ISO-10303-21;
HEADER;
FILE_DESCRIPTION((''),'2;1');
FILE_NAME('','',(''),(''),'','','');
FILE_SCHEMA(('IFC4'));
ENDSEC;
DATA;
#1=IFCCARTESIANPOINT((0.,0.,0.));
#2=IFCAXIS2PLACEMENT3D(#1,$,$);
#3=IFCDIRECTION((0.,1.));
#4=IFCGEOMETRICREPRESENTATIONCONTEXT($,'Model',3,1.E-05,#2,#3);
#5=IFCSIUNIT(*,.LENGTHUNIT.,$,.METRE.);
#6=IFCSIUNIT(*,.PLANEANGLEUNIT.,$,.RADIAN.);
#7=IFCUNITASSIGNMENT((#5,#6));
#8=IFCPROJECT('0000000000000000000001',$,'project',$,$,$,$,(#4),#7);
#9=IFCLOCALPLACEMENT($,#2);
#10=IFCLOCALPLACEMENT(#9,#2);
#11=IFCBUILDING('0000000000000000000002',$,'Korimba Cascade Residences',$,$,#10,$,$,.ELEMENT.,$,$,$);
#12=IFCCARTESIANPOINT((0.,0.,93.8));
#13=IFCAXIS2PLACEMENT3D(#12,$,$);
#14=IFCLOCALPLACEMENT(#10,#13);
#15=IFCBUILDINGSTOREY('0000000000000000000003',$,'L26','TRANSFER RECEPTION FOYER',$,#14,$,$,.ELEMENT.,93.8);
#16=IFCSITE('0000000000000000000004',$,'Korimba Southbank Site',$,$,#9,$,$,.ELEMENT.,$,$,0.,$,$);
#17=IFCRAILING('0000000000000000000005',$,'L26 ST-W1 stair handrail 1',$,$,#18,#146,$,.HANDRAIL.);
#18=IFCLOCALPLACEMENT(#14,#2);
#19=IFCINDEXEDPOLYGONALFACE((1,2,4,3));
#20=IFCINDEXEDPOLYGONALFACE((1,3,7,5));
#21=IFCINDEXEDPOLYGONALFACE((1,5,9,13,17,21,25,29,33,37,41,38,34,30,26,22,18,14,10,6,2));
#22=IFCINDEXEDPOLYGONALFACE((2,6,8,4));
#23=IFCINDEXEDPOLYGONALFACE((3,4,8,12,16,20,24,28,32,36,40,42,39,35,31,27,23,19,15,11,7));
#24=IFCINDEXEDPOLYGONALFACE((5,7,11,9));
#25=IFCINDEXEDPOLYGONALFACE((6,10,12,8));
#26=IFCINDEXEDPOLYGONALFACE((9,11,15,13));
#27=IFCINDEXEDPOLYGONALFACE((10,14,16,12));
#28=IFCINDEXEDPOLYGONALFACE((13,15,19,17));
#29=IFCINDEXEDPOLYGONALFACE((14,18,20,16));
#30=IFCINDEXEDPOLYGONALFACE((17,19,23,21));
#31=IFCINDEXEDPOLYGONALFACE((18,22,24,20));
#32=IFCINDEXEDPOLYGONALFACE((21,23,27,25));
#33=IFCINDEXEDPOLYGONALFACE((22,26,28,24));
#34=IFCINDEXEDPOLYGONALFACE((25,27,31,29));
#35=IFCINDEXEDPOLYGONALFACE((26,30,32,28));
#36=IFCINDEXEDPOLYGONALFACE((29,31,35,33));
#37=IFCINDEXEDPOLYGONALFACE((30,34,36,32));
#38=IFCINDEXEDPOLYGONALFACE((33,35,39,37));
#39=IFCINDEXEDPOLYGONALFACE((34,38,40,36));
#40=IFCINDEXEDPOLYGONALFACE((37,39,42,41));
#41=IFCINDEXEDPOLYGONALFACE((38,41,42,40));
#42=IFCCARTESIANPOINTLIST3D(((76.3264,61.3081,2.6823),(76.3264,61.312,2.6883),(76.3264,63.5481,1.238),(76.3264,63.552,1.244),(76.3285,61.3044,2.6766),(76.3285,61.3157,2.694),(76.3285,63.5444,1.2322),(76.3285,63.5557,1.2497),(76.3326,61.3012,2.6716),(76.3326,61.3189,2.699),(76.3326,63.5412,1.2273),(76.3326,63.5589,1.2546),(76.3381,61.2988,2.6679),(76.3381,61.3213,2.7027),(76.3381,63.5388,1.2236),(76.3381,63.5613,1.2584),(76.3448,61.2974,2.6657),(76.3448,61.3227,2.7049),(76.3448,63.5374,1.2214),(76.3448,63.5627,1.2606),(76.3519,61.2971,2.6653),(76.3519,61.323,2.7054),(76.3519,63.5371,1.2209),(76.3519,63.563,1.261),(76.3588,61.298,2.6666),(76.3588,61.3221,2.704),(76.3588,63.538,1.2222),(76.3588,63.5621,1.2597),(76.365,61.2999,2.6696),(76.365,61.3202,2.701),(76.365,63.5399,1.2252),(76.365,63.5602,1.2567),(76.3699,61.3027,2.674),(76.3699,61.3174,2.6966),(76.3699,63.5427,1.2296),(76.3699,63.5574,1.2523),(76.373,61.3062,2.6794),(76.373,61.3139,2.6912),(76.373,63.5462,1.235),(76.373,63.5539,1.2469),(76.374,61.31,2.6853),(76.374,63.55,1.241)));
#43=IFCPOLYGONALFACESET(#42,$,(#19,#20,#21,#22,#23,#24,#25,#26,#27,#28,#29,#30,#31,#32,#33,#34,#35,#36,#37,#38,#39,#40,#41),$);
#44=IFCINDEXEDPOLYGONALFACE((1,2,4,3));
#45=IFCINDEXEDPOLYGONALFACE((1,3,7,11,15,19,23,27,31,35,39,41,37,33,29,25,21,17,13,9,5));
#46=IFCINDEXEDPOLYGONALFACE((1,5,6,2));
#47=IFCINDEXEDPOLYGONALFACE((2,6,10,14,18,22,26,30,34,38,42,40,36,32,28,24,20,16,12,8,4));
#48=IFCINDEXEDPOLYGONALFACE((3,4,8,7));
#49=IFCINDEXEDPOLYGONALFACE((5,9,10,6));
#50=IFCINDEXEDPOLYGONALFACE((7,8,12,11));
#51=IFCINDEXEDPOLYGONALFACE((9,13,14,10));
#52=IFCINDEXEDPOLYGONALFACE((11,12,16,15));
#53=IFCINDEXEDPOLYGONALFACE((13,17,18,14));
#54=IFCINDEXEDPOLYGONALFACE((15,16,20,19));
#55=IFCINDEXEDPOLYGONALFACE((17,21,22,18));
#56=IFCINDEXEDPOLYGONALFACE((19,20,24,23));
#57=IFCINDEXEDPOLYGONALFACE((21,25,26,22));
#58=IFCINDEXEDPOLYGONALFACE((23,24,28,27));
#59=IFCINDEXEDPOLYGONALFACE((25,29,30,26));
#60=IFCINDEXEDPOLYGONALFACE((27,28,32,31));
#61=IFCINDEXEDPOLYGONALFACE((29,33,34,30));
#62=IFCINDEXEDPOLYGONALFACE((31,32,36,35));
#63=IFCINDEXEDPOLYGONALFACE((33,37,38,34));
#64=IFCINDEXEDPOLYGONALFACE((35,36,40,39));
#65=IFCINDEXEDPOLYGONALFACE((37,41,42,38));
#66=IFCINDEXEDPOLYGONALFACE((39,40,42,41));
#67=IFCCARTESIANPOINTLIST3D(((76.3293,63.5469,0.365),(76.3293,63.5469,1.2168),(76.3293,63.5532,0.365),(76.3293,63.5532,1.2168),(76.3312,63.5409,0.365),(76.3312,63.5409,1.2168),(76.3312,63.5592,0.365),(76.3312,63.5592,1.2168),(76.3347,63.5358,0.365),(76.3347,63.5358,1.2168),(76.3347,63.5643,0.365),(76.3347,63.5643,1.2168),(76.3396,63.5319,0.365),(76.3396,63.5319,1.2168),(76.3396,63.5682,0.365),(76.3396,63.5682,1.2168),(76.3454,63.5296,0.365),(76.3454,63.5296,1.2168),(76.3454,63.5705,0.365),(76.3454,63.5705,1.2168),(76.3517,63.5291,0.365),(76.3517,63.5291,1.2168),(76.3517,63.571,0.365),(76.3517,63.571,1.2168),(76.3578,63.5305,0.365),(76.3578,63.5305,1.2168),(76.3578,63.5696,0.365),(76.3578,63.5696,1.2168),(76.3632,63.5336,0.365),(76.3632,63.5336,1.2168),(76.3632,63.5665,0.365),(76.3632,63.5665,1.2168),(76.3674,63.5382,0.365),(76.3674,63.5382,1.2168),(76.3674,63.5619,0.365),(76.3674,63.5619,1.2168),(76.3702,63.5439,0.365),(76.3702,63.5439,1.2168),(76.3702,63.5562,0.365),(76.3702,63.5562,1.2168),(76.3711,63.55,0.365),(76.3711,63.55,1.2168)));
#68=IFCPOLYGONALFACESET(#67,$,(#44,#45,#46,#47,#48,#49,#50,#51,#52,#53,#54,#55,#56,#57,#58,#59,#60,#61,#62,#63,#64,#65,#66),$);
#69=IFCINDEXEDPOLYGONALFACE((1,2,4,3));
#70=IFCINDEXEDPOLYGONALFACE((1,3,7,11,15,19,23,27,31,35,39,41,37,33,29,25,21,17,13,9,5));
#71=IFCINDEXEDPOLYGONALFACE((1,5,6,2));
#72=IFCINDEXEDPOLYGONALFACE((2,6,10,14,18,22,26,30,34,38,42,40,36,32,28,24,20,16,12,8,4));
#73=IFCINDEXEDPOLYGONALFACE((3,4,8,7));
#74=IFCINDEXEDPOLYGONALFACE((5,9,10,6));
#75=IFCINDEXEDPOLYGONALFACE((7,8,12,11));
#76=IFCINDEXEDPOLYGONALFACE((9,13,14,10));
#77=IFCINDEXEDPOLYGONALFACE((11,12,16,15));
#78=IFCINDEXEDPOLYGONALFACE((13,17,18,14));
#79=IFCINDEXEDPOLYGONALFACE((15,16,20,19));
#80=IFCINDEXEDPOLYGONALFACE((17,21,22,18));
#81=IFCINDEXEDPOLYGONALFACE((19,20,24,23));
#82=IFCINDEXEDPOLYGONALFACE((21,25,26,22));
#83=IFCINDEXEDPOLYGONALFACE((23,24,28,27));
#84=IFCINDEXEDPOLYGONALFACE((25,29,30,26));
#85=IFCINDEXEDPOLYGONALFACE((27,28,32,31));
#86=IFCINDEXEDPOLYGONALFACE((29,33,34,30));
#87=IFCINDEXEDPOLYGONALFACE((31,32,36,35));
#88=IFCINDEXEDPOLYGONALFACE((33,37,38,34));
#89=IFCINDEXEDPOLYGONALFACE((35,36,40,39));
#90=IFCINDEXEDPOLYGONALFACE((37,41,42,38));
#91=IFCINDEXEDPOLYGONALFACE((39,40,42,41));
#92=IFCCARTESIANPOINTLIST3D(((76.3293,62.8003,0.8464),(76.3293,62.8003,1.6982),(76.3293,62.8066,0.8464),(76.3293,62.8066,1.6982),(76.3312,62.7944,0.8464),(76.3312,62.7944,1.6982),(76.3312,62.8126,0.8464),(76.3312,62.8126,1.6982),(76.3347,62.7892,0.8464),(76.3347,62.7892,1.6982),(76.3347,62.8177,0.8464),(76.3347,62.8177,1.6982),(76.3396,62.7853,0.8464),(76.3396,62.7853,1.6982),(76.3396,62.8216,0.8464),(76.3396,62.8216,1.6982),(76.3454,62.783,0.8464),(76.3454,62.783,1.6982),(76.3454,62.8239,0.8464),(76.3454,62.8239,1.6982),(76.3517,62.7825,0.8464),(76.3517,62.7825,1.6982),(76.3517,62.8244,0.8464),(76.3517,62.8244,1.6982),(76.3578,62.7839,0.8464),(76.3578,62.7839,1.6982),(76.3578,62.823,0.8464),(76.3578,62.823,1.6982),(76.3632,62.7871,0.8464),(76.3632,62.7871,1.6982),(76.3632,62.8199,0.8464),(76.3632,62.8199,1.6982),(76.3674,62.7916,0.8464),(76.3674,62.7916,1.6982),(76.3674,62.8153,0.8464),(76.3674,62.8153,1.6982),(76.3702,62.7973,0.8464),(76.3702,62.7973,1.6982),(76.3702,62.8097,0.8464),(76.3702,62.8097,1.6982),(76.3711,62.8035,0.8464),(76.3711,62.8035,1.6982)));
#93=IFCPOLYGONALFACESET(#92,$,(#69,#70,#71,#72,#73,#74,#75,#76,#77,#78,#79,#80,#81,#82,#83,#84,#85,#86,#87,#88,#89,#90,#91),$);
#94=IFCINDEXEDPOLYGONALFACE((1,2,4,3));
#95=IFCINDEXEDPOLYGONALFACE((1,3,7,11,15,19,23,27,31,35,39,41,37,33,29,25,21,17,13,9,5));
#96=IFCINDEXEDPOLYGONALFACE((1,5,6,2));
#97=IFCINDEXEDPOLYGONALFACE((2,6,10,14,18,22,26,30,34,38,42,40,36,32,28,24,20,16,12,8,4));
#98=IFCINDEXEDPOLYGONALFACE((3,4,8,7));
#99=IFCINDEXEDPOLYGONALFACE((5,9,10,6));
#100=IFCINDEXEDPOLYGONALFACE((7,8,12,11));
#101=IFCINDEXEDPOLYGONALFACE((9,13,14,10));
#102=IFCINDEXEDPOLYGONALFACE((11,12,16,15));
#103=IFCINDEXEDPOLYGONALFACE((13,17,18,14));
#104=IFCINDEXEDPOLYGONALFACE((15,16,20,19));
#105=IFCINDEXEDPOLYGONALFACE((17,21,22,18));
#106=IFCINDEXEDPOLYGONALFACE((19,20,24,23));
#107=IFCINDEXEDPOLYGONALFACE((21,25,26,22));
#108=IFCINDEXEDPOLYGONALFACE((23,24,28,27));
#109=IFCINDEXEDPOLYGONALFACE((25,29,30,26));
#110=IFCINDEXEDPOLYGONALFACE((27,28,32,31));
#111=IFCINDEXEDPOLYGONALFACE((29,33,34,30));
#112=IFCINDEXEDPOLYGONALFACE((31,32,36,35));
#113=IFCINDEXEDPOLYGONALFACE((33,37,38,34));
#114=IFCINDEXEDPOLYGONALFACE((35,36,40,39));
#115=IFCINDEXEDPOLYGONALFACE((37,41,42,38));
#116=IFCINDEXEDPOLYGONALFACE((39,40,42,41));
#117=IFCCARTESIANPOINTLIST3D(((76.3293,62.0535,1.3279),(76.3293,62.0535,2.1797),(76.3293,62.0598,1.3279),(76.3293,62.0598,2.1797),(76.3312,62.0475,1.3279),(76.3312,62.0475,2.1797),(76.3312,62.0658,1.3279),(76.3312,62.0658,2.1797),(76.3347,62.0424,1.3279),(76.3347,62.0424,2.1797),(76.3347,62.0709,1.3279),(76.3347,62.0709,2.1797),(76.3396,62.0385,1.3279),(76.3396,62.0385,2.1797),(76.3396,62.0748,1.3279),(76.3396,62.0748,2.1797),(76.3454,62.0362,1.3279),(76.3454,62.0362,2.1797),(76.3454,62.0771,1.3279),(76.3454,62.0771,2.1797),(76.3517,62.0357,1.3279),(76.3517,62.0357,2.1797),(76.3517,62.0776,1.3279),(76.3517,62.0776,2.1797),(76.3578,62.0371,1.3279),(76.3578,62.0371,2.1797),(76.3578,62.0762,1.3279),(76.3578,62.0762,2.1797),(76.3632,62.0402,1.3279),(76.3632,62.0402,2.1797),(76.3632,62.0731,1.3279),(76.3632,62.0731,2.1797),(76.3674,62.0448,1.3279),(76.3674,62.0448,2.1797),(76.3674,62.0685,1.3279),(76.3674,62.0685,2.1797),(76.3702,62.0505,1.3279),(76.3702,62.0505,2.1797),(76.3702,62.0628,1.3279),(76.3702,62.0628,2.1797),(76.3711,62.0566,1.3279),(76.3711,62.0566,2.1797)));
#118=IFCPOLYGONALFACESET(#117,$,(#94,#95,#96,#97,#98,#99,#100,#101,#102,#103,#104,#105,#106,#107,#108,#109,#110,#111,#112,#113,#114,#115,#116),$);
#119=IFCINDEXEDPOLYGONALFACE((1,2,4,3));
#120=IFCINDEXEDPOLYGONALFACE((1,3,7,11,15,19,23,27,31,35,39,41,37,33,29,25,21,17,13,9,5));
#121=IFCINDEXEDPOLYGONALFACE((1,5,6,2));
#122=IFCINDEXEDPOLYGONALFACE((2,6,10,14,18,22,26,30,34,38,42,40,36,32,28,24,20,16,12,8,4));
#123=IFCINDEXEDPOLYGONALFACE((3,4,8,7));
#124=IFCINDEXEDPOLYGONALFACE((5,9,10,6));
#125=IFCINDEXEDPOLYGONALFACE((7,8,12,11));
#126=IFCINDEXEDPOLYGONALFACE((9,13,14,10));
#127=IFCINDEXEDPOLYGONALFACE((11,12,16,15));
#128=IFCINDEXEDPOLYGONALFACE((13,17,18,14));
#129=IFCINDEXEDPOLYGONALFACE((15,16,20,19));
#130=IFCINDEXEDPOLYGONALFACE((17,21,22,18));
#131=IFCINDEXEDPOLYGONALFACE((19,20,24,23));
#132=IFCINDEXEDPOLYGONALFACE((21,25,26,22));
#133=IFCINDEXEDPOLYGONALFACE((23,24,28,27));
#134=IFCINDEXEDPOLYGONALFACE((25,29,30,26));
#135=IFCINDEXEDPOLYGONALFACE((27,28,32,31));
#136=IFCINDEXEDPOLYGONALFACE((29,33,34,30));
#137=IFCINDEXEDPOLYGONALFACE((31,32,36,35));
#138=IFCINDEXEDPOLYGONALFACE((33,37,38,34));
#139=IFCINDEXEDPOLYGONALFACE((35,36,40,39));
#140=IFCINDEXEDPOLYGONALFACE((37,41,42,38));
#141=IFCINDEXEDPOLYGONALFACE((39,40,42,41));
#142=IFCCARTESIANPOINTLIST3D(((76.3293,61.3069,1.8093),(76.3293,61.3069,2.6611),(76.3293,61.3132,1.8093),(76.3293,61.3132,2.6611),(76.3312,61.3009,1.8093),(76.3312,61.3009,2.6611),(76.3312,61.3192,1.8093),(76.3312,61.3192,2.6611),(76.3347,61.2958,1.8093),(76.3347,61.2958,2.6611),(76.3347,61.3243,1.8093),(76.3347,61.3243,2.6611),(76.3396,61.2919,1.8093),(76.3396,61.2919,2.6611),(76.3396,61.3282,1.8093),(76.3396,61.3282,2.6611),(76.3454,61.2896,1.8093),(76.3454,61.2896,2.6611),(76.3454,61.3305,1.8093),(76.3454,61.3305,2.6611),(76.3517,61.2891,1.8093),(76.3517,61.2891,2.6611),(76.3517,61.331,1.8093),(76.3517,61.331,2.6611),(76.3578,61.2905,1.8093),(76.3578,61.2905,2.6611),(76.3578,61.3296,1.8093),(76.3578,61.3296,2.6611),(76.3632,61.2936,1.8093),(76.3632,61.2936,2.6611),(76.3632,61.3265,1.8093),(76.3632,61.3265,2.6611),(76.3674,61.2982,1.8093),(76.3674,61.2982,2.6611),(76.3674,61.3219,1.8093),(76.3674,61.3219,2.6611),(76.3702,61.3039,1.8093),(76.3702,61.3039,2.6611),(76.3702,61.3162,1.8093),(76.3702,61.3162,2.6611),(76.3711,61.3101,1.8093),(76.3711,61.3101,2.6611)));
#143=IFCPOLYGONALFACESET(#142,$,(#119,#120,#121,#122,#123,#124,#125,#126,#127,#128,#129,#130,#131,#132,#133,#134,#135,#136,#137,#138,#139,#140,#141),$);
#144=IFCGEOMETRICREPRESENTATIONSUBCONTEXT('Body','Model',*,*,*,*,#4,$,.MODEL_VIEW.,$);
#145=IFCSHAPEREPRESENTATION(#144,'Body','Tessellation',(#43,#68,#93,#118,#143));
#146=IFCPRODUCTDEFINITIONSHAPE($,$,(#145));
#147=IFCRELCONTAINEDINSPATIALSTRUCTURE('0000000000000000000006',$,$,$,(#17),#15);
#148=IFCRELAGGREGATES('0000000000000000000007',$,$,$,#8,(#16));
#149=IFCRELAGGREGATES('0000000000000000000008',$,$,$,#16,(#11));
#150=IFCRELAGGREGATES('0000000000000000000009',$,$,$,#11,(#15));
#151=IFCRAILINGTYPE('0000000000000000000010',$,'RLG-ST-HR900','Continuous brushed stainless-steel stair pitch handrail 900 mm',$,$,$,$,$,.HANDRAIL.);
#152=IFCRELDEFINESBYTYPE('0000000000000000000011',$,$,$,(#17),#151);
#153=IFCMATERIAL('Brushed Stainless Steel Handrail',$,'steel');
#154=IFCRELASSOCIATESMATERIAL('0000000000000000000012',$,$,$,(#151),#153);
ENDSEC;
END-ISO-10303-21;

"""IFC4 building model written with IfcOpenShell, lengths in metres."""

from ifc_helpers import new_model, si_unit, direction, frame, origin, origin_2d, place, context, subcontext, project, spatial, circle, extrude, material, type_object, element, save


model = new_model("IFC4")

# Units and contexts
model_context = context("Model", 3, precision=1e-05, world=origin(), true_north=direction((0.0, 1.0)))
body_context = subcontext(model_context, "Body", "Model", "MODEL_VIEW")
ifc_project = project(units=[si_unit("LENGTHUNIT", "METRE"), si_unit("PLANEANGLEUNIT", "RADIAN")], contexts=[model_context])

# Site, building, storey
site_placement = place(None, origin())
site = spatial("IfcSite", under=ifc_project, at=site_placement, Name="Korimba Southbank Site", CompositionType="ELEMENT", RefElevation=0.0)
building_placement = place(site_placement, origin())
building = spatial("IfcBuilding", under=site, at=building_placement, Name="Korimba Cascade Residences", CompositionType="ELEMENT")
storey_placement = place(building_placement, frame((0.0, 0.0, 93.8)))
storey = spatial("IfcBuildingStorey", under=building, at=storey_placement, Name="L26", Description="TRANSFER RECEPTION FOYER", CompositionType="ELEMENT", Elevation=93.8)

# Railing
ifc_material_1 = material(Name="Brushed Stainless Steel Handrail", Category="steel")
railing_type_1 = type_object("IfcRailingType", Name="RLG-ST-HR900", Description="Continuous brushed stainless-steel stair pitch handrail 900 mm", PredefinedType="HANDRAIL", material=ifc_material_1)
railing_1_placement = place(storey_placement, frame((76.3501, 63.55, 0.365)))
element("IfcRailing", 1, at=railing_1_placement, inside=storey, type_object=railing_type_1, Name="L26 ST-W1 stair handrail 1", PredefinedType="HANDRAIL", context=body_context, shape_type="SweptSolid", body=[
    extrude(circle(Radius=0.0239, at=origin_2d()), frame((0.0, 0.0, 0.876), z_axis=(0.0, -0.840437, 0.54191), x_axis=(1.0, 0.0, 0.0)), (0.0, 0.0, 1.0), 2.6653),
    extrude(circle(Radius=0.021, at=origin_2d()), origin(), (0.0, 0.0, 1.0), 0.8518),
    extrude(circle(Radius=0.021, at=origin_2d()), frame((0.0, -0.7466, 0.4814)), (0.0, 0.0, 1.0), 0.8518),
    extrude(circle(Radius=0.021, at=origin_2d()), frame((0.0, -1.4934, 0.9629)), (0.0, 0.0, 1.0), 0.8518),
    extrude(circle(Radius=0.021, at=origin_2d()), frame((0.0, -2.24, 1.4443)), (0.0, 0.0, 1.0), 0.8518),
])

save(model, "model.ifc")
